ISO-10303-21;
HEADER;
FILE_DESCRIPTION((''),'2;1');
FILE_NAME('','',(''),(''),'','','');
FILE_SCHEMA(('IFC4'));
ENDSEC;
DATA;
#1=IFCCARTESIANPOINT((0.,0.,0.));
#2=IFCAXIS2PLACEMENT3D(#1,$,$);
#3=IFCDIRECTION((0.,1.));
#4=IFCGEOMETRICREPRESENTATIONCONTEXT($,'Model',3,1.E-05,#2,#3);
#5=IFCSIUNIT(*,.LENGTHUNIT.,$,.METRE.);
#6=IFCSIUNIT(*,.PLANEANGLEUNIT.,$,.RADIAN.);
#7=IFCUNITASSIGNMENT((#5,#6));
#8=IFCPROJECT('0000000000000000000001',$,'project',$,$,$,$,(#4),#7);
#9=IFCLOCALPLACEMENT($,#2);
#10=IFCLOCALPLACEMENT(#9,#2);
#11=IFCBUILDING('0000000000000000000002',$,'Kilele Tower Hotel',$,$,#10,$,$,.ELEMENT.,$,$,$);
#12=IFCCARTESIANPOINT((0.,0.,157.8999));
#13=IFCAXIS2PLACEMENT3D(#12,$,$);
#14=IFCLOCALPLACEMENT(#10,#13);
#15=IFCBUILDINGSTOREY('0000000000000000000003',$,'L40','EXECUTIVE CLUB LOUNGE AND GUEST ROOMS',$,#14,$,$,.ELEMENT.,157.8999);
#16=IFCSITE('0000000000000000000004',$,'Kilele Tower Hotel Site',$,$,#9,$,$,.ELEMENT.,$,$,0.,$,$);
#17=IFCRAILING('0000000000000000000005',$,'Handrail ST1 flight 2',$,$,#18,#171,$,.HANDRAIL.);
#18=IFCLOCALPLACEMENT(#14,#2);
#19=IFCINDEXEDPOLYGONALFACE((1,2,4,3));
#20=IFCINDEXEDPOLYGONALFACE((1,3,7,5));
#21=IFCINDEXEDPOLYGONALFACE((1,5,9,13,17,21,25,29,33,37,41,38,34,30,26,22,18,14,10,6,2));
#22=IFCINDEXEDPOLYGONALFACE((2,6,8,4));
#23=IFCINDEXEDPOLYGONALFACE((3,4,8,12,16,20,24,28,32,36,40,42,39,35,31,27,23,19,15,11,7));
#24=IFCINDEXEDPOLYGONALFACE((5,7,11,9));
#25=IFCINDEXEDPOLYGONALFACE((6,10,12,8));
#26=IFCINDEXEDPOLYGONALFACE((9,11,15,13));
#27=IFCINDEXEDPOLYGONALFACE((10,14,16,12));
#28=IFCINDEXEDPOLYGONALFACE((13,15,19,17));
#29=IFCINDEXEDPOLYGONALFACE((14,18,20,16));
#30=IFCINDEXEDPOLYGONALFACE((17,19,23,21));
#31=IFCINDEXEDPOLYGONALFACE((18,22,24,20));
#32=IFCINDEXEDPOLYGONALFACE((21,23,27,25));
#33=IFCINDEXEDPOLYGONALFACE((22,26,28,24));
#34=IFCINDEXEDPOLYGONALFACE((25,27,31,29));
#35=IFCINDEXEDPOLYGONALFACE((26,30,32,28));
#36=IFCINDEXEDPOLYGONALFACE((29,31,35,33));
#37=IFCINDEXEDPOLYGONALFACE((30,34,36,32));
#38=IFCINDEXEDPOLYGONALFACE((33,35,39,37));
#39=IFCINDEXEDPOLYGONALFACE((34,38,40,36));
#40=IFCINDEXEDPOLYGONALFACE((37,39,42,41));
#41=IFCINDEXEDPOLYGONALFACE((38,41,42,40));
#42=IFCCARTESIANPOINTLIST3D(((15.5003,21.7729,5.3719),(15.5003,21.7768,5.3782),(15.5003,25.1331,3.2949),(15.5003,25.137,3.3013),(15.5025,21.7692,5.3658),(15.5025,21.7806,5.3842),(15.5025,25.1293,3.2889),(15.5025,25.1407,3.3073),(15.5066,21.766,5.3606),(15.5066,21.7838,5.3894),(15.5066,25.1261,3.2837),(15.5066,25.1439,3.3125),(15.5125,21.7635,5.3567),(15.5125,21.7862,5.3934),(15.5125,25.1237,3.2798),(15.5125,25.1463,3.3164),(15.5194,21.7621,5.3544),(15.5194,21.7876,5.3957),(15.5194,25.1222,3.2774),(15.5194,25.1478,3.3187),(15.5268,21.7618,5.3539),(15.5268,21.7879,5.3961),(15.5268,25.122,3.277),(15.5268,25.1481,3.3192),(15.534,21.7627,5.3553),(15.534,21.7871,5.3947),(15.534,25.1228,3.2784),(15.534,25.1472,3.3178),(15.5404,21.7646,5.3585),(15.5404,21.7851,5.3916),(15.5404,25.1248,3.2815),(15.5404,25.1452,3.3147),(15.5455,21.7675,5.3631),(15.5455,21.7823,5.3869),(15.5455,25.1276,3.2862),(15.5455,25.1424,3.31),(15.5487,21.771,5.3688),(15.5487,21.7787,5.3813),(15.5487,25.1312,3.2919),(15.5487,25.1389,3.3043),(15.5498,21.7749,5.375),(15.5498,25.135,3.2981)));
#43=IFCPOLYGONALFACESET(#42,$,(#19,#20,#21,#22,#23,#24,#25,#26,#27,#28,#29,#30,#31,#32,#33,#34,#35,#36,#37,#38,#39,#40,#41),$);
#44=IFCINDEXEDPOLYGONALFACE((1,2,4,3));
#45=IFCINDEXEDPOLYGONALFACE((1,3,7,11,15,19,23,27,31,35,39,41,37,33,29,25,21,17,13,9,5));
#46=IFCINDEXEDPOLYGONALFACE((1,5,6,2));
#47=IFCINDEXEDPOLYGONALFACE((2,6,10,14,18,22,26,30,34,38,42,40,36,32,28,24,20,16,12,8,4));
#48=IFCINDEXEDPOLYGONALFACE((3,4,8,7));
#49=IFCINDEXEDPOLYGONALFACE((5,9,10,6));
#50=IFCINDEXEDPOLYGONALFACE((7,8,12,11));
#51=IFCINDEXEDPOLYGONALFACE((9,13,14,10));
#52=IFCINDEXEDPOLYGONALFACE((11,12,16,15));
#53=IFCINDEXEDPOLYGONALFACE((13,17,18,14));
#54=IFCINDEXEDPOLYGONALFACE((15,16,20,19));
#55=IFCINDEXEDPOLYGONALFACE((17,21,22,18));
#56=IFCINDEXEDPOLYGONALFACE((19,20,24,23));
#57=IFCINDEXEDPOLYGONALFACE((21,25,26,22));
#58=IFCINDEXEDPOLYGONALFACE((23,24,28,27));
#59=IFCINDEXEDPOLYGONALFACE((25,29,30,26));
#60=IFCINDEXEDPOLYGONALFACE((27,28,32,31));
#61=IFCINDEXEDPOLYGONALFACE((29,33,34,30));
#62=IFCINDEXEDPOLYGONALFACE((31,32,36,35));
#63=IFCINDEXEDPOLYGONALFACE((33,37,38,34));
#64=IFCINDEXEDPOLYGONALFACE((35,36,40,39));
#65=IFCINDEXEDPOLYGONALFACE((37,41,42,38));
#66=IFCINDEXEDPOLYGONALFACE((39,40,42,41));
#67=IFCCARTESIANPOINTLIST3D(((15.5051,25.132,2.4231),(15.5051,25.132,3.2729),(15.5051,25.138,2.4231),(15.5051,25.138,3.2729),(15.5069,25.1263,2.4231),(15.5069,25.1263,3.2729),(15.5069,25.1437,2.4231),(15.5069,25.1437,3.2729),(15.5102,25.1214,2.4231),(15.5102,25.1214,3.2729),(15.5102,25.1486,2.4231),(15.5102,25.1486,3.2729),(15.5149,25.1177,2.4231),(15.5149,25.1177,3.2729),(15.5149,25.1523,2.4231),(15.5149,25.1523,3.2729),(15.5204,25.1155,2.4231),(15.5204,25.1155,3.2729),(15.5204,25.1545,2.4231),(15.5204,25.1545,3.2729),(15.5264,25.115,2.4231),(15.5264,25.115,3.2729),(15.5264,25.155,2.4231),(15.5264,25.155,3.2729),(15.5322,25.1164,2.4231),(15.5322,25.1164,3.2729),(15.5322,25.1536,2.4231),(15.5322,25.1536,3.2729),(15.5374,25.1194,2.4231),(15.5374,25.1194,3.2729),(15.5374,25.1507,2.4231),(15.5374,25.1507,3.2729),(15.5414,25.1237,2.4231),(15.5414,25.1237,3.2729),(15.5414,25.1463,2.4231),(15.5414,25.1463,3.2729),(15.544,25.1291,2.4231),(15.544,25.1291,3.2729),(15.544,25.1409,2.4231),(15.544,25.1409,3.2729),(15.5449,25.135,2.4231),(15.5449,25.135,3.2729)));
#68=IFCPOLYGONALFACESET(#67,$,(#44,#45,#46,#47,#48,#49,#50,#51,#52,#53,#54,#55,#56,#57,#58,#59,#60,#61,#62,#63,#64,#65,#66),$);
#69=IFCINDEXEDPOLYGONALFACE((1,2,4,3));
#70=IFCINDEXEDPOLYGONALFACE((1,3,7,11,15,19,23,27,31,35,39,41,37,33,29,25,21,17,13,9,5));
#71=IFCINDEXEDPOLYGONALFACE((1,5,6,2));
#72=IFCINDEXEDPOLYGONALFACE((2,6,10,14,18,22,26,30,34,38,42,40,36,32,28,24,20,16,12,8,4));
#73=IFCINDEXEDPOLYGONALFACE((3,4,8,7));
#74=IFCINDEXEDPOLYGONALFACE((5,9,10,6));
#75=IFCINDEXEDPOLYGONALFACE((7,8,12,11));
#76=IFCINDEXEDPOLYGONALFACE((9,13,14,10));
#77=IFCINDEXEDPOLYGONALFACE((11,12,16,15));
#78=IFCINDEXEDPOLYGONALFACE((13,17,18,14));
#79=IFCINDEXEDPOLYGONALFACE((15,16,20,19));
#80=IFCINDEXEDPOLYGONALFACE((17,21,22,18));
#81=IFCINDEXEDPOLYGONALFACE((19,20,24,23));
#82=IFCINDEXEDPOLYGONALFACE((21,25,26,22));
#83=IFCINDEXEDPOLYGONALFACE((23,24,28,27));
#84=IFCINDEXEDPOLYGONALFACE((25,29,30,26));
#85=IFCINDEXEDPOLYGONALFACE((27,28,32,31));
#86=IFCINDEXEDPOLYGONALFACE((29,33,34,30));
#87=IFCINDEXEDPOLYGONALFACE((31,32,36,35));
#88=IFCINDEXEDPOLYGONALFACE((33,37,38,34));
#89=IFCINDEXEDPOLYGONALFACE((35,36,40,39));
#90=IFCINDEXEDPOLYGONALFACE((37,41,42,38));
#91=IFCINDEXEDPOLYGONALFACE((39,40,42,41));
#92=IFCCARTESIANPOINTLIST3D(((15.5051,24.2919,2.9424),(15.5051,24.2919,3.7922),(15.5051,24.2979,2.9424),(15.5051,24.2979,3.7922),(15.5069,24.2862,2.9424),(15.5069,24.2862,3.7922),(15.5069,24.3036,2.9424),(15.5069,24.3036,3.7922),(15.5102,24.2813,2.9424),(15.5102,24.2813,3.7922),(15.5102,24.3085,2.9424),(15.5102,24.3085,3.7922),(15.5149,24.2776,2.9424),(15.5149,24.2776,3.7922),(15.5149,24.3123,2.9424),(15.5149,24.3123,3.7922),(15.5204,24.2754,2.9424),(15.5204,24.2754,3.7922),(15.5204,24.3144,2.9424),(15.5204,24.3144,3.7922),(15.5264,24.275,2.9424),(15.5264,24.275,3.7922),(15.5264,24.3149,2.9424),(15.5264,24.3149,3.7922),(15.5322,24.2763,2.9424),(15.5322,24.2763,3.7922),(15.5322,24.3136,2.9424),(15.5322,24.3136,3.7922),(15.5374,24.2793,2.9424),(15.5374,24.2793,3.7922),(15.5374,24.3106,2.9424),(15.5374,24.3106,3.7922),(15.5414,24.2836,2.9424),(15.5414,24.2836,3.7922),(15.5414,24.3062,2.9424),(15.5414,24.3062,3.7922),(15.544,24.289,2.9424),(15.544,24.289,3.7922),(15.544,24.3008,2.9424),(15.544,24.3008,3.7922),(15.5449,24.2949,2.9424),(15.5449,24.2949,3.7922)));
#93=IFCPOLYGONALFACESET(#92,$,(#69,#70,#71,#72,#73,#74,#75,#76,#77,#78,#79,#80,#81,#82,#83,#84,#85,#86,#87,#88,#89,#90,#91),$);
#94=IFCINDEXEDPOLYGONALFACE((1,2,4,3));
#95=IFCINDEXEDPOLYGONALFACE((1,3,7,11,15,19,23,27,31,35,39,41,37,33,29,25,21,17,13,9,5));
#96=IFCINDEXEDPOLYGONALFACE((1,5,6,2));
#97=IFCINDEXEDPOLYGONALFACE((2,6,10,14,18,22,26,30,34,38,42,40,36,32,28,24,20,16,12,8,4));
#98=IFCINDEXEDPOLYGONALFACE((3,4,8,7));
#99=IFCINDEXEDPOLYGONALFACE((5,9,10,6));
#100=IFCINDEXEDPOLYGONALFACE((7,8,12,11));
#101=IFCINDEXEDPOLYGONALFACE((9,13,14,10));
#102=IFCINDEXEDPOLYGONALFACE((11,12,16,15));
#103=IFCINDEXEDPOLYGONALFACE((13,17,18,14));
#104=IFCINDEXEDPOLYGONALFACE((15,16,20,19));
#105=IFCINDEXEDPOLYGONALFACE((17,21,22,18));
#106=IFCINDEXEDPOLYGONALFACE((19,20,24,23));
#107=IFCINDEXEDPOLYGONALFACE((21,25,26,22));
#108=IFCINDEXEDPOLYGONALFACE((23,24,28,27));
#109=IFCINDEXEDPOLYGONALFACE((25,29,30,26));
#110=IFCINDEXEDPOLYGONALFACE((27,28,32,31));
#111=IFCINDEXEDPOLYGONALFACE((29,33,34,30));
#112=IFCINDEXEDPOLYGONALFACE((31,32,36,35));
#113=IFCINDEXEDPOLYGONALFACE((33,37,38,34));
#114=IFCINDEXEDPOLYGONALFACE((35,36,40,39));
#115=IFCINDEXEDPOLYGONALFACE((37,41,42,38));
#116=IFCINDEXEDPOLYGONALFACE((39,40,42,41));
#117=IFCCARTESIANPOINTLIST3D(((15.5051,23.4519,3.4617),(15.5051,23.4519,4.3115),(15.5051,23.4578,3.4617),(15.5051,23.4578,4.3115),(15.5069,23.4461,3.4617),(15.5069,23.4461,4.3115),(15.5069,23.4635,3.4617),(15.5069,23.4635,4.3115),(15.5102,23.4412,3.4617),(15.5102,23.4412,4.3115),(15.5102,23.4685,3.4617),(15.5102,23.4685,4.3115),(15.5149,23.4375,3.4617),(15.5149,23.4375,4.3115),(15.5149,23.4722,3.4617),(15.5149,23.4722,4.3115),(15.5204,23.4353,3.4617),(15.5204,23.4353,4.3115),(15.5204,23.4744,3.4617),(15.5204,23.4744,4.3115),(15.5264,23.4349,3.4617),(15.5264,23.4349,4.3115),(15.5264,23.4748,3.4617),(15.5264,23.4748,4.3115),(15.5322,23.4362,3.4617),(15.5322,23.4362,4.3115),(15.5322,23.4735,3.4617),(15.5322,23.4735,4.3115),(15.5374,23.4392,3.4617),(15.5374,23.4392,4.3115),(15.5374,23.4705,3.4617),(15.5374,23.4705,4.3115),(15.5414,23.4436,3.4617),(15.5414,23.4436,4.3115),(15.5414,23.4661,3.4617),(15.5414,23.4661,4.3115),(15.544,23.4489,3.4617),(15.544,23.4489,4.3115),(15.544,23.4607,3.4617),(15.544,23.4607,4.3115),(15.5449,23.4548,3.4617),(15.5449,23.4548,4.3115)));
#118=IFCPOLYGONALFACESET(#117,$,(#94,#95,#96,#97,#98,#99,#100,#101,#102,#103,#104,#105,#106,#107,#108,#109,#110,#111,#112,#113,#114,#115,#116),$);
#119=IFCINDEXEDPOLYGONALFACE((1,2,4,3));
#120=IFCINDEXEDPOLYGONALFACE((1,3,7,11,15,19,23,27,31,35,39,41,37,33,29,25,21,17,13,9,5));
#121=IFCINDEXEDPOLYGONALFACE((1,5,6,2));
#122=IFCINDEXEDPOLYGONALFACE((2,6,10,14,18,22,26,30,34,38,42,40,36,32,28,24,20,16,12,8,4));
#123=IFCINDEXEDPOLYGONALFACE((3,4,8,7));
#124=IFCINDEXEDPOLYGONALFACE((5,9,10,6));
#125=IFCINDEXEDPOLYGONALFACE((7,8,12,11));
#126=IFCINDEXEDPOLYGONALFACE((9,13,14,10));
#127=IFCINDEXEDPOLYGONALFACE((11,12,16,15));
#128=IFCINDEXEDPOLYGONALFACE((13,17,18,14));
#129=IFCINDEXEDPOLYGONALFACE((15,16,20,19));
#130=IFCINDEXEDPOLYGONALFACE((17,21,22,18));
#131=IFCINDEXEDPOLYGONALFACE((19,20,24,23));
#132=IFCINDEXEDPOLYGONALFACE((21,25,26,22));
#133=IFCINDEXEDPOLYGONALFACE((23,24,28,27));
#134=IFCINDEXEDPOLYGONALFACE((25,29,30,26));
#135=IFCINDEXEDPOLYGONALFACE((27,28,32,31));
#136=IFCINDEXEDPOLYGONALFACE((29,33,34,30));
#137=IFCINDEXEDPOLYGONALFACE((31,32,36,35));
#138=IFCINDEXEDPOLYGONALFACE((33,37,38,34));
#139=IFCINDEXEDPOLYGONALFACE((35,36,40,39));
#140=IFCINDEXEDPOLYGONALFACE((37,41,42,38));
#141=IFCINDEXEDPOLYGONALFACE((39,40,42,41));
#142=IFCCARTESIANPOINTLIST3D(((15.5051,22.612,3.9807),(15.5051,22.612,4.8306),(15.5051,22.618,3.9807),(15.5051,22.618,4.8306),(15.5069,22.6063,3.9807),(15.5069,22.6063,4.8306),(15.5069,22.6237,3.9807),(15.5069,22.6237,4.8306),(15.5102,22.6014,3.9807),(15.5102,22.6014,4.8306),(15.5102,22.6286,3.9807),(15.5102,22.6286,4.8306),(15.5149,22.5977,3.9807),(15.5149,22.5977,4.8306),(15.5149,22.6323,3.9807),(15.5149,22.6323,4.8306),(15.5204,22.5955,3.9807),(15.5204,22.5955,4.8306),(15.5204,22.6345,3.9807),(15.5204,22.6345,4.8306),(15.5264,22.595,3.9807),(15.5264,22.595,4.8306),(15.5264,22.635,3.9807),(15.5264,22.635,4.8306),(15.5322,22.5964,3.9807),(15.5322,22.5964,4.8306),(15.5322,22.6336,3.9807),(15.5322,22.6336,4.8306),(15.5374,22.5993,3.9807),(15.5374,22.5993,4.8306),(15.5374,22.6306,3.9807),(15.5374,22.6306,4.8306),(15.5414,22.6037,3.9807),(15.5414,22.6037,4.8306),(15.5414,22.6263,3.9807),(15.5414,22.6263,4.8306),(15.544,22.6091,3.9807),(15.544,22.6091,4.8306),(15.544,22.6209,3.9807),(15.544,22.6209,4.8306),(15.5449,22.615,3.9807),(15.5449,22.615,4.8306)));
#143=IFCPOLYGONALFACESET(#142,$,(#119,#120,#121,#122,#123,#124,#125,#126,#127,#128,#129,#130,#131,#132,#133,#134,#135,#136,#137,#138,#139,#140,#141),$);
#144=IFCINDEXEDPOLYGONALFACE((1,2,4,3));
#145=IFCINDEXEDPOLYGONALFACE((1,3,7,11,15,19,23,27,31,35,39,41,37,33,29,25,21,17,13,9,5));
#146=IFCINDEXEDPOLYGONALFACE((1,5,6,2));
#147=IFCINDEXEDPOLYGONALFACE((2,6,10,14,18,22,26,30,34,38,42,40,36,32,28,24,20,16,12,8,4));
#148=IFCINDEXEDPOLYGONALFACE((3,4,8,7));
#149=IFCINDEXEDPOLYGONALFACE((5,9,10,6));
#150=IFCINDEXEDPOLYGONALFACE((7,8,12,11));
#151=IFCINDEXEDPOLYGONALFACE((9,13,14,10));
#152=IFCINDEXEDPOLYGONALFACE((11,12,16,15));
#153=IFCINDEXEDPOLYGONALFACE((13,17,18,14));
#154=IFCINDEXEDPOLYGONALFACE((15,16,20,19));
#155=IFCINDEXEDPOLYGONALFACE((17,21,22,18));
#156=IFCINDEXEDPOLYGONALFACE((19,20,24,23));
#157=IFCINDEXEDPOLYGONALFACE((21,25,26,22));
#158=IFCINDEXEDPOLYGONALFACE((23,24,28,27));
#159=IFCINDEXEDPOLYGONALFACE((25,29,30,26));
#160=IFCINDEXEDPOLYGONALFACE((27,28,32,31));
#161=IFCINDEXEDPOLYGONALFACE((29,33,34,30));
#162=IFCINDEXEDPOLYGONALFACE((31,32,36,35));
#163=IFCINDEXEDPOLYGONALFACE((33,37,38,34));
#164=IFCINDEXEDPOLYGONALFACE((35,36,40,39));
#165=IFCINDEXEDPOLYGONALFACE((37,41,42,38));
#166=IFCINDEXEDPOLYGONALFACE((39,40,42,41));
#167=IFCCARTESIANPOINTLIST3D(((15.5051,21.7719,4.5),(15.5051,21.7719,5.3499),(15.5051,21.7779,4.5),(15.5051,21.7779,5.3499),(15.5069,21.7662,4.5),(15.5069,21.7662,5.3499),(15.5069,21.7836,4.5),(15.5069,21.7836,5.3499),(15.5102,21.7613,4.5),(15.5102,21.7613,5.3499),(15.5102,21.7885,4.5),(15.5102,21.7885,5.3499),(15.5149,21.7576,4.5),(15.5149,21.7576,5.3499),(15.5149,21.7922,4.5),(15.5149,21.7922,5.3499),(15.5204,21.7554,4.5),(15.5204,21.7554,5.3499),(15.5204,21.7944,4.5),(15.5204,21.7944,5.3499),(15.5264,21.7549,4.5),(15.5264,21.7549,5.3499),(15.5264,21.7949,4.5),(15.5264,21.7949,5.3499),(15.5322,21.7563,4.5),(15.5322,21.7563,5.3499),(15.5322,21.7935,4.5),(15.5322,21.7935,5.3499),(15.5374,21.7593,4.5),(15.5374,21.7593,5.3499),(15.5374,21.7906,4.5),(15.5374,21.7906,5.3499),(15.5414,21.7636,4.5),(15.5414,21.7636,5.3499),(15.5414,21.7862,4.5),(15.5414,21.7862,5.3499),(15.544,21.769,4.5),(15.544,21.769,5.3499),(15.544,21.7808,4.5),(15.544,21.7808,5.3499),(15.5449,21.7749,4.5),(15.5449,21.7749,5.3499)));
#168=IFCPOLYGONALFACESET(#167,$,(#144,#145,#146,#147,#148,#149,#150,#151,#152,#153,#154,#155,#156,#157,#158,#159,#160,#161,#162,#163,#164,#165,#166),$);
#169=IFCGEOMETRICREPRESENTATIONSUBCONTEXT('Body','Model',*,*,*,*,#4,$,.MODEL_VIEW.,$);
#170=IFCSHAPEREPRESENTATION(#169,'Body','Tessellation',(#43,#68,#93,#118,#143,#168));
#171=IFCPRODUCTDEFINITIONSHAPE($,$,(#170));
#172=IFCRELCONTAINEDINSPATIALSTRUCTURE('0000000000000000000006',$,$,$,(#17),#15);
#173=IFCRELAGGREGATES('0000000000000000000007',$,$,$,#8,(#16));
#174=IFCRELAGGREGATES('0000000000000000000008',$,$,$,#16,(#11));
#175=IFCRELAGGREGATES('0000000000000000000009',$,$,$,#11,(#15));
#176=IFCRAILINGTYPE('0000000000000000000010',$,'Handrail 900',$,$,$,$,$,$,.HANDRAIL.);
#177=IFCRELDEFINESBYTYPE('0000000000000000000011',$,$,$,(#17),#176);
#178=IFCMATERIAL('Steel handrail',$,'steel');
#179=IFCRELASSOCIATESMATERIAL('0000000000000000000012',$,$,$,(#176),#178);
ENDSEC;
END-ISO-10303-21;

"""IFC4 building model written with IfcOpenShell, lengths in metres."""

from ifc_helpers import new_model, si_unit, direction, frame, origin, origin_2d, place, context, subcontext, project, spatial, circle, extrude, material, type_object, element, save


model = new_model("IFC4")

# Units and contexts
model_context = context("Model", 3, precision=1e-05, world=origin(), true_north=direction((0.0, 1.0)))
body_context = subcontext(model_context, "Body", "Model", "MODEL_VIEW")
ifc_project = project(units=[si_unit("LENGTHUNIT", "METRE"), si_unit("PLANEANGLEUNIT", "RADIAN")], contexts=[model_context])

# Site, building, storey
site_placement = place(None, origin())
site = spatial("IfcSite", under=ifc_project, at=site_placement, Name="Kilele Tower Hotel Site", CompositionType="ELEMENT", RefElevation=0.0)
building_placement = place(site_placement, origin())
building = spatial("IfcBuilding", under=site, at=building_placement, Name="Kilele Tower Hotel", CompositionType="ELEMENT")
storey_placement = place(building_placement, frame((0.0, 0.0, 157.8999)))
storey = spatial("IfcBuildingStorey", under=building, at=storey_placement, Name="L40", Description="EXECUTIVE CLUB LOUNGE AND GUEST ROOMS", CompositionType="ELEMENT", Elevation=157.8999)

# Railing
ifc_material_1 = material(Name="Steel handrail", Category="steel")
railing_type_1 = type_object("IfcRailingType", Name="Handrail 900", PredefinedType="HANDRAIL", material=ifc_material_1)
for number, where, name in (
    (1, (15.5249, 25.135, 2.4231), "Handrail ST1 flight 2"),
):
    element("IfcRailing", number, at=place(storey_placement, frame(where)), inside=storey, type_object=railing_type_1, Name=name, PredefinedType="HANDRAIL", context=body_context, shape_type="SweptSolid", body=[
        extrude(circle(Radius=0.0249, at=origin_2d()), frame((0.0, 0.0, 0.875), z_axis=(0.0, -0.850623, 0.525776), x_axis=(1.0, 0.0, 0.0)), (0.0, 0.0, 1.0), 3.9502),
        extrude(circle(Radius=0.02, at=origin_2d()), origin(), (0.0, 0.0, 1.0), 0.8499),
        extrude(circle(Radius=0.02, at=origin_2d()), frame((0.0, -0.8401, 0.5193)), (0.0, 0.0, 1.0), 0.8499),
        extrude(circle(Radius=0.02, at=origin_2d()), frame((0.0, -1.6802, 1.0386)), (0.0, 0.0, 1.0), 0.8499),
        extrude(circle(Radius=0.02, at=origin_2d()), frame((0.0, -2.52, 1.5576)), (0.0, 0.0, 1.0), 0.8499),
        extrude(circle(Radius=0.02, at=origin_2d()), frame((0.0, -3.3601, 2.0769)), (0.0, 0.0, 1.0), 0.8499),
    ])

save(model, "model.ifc")
